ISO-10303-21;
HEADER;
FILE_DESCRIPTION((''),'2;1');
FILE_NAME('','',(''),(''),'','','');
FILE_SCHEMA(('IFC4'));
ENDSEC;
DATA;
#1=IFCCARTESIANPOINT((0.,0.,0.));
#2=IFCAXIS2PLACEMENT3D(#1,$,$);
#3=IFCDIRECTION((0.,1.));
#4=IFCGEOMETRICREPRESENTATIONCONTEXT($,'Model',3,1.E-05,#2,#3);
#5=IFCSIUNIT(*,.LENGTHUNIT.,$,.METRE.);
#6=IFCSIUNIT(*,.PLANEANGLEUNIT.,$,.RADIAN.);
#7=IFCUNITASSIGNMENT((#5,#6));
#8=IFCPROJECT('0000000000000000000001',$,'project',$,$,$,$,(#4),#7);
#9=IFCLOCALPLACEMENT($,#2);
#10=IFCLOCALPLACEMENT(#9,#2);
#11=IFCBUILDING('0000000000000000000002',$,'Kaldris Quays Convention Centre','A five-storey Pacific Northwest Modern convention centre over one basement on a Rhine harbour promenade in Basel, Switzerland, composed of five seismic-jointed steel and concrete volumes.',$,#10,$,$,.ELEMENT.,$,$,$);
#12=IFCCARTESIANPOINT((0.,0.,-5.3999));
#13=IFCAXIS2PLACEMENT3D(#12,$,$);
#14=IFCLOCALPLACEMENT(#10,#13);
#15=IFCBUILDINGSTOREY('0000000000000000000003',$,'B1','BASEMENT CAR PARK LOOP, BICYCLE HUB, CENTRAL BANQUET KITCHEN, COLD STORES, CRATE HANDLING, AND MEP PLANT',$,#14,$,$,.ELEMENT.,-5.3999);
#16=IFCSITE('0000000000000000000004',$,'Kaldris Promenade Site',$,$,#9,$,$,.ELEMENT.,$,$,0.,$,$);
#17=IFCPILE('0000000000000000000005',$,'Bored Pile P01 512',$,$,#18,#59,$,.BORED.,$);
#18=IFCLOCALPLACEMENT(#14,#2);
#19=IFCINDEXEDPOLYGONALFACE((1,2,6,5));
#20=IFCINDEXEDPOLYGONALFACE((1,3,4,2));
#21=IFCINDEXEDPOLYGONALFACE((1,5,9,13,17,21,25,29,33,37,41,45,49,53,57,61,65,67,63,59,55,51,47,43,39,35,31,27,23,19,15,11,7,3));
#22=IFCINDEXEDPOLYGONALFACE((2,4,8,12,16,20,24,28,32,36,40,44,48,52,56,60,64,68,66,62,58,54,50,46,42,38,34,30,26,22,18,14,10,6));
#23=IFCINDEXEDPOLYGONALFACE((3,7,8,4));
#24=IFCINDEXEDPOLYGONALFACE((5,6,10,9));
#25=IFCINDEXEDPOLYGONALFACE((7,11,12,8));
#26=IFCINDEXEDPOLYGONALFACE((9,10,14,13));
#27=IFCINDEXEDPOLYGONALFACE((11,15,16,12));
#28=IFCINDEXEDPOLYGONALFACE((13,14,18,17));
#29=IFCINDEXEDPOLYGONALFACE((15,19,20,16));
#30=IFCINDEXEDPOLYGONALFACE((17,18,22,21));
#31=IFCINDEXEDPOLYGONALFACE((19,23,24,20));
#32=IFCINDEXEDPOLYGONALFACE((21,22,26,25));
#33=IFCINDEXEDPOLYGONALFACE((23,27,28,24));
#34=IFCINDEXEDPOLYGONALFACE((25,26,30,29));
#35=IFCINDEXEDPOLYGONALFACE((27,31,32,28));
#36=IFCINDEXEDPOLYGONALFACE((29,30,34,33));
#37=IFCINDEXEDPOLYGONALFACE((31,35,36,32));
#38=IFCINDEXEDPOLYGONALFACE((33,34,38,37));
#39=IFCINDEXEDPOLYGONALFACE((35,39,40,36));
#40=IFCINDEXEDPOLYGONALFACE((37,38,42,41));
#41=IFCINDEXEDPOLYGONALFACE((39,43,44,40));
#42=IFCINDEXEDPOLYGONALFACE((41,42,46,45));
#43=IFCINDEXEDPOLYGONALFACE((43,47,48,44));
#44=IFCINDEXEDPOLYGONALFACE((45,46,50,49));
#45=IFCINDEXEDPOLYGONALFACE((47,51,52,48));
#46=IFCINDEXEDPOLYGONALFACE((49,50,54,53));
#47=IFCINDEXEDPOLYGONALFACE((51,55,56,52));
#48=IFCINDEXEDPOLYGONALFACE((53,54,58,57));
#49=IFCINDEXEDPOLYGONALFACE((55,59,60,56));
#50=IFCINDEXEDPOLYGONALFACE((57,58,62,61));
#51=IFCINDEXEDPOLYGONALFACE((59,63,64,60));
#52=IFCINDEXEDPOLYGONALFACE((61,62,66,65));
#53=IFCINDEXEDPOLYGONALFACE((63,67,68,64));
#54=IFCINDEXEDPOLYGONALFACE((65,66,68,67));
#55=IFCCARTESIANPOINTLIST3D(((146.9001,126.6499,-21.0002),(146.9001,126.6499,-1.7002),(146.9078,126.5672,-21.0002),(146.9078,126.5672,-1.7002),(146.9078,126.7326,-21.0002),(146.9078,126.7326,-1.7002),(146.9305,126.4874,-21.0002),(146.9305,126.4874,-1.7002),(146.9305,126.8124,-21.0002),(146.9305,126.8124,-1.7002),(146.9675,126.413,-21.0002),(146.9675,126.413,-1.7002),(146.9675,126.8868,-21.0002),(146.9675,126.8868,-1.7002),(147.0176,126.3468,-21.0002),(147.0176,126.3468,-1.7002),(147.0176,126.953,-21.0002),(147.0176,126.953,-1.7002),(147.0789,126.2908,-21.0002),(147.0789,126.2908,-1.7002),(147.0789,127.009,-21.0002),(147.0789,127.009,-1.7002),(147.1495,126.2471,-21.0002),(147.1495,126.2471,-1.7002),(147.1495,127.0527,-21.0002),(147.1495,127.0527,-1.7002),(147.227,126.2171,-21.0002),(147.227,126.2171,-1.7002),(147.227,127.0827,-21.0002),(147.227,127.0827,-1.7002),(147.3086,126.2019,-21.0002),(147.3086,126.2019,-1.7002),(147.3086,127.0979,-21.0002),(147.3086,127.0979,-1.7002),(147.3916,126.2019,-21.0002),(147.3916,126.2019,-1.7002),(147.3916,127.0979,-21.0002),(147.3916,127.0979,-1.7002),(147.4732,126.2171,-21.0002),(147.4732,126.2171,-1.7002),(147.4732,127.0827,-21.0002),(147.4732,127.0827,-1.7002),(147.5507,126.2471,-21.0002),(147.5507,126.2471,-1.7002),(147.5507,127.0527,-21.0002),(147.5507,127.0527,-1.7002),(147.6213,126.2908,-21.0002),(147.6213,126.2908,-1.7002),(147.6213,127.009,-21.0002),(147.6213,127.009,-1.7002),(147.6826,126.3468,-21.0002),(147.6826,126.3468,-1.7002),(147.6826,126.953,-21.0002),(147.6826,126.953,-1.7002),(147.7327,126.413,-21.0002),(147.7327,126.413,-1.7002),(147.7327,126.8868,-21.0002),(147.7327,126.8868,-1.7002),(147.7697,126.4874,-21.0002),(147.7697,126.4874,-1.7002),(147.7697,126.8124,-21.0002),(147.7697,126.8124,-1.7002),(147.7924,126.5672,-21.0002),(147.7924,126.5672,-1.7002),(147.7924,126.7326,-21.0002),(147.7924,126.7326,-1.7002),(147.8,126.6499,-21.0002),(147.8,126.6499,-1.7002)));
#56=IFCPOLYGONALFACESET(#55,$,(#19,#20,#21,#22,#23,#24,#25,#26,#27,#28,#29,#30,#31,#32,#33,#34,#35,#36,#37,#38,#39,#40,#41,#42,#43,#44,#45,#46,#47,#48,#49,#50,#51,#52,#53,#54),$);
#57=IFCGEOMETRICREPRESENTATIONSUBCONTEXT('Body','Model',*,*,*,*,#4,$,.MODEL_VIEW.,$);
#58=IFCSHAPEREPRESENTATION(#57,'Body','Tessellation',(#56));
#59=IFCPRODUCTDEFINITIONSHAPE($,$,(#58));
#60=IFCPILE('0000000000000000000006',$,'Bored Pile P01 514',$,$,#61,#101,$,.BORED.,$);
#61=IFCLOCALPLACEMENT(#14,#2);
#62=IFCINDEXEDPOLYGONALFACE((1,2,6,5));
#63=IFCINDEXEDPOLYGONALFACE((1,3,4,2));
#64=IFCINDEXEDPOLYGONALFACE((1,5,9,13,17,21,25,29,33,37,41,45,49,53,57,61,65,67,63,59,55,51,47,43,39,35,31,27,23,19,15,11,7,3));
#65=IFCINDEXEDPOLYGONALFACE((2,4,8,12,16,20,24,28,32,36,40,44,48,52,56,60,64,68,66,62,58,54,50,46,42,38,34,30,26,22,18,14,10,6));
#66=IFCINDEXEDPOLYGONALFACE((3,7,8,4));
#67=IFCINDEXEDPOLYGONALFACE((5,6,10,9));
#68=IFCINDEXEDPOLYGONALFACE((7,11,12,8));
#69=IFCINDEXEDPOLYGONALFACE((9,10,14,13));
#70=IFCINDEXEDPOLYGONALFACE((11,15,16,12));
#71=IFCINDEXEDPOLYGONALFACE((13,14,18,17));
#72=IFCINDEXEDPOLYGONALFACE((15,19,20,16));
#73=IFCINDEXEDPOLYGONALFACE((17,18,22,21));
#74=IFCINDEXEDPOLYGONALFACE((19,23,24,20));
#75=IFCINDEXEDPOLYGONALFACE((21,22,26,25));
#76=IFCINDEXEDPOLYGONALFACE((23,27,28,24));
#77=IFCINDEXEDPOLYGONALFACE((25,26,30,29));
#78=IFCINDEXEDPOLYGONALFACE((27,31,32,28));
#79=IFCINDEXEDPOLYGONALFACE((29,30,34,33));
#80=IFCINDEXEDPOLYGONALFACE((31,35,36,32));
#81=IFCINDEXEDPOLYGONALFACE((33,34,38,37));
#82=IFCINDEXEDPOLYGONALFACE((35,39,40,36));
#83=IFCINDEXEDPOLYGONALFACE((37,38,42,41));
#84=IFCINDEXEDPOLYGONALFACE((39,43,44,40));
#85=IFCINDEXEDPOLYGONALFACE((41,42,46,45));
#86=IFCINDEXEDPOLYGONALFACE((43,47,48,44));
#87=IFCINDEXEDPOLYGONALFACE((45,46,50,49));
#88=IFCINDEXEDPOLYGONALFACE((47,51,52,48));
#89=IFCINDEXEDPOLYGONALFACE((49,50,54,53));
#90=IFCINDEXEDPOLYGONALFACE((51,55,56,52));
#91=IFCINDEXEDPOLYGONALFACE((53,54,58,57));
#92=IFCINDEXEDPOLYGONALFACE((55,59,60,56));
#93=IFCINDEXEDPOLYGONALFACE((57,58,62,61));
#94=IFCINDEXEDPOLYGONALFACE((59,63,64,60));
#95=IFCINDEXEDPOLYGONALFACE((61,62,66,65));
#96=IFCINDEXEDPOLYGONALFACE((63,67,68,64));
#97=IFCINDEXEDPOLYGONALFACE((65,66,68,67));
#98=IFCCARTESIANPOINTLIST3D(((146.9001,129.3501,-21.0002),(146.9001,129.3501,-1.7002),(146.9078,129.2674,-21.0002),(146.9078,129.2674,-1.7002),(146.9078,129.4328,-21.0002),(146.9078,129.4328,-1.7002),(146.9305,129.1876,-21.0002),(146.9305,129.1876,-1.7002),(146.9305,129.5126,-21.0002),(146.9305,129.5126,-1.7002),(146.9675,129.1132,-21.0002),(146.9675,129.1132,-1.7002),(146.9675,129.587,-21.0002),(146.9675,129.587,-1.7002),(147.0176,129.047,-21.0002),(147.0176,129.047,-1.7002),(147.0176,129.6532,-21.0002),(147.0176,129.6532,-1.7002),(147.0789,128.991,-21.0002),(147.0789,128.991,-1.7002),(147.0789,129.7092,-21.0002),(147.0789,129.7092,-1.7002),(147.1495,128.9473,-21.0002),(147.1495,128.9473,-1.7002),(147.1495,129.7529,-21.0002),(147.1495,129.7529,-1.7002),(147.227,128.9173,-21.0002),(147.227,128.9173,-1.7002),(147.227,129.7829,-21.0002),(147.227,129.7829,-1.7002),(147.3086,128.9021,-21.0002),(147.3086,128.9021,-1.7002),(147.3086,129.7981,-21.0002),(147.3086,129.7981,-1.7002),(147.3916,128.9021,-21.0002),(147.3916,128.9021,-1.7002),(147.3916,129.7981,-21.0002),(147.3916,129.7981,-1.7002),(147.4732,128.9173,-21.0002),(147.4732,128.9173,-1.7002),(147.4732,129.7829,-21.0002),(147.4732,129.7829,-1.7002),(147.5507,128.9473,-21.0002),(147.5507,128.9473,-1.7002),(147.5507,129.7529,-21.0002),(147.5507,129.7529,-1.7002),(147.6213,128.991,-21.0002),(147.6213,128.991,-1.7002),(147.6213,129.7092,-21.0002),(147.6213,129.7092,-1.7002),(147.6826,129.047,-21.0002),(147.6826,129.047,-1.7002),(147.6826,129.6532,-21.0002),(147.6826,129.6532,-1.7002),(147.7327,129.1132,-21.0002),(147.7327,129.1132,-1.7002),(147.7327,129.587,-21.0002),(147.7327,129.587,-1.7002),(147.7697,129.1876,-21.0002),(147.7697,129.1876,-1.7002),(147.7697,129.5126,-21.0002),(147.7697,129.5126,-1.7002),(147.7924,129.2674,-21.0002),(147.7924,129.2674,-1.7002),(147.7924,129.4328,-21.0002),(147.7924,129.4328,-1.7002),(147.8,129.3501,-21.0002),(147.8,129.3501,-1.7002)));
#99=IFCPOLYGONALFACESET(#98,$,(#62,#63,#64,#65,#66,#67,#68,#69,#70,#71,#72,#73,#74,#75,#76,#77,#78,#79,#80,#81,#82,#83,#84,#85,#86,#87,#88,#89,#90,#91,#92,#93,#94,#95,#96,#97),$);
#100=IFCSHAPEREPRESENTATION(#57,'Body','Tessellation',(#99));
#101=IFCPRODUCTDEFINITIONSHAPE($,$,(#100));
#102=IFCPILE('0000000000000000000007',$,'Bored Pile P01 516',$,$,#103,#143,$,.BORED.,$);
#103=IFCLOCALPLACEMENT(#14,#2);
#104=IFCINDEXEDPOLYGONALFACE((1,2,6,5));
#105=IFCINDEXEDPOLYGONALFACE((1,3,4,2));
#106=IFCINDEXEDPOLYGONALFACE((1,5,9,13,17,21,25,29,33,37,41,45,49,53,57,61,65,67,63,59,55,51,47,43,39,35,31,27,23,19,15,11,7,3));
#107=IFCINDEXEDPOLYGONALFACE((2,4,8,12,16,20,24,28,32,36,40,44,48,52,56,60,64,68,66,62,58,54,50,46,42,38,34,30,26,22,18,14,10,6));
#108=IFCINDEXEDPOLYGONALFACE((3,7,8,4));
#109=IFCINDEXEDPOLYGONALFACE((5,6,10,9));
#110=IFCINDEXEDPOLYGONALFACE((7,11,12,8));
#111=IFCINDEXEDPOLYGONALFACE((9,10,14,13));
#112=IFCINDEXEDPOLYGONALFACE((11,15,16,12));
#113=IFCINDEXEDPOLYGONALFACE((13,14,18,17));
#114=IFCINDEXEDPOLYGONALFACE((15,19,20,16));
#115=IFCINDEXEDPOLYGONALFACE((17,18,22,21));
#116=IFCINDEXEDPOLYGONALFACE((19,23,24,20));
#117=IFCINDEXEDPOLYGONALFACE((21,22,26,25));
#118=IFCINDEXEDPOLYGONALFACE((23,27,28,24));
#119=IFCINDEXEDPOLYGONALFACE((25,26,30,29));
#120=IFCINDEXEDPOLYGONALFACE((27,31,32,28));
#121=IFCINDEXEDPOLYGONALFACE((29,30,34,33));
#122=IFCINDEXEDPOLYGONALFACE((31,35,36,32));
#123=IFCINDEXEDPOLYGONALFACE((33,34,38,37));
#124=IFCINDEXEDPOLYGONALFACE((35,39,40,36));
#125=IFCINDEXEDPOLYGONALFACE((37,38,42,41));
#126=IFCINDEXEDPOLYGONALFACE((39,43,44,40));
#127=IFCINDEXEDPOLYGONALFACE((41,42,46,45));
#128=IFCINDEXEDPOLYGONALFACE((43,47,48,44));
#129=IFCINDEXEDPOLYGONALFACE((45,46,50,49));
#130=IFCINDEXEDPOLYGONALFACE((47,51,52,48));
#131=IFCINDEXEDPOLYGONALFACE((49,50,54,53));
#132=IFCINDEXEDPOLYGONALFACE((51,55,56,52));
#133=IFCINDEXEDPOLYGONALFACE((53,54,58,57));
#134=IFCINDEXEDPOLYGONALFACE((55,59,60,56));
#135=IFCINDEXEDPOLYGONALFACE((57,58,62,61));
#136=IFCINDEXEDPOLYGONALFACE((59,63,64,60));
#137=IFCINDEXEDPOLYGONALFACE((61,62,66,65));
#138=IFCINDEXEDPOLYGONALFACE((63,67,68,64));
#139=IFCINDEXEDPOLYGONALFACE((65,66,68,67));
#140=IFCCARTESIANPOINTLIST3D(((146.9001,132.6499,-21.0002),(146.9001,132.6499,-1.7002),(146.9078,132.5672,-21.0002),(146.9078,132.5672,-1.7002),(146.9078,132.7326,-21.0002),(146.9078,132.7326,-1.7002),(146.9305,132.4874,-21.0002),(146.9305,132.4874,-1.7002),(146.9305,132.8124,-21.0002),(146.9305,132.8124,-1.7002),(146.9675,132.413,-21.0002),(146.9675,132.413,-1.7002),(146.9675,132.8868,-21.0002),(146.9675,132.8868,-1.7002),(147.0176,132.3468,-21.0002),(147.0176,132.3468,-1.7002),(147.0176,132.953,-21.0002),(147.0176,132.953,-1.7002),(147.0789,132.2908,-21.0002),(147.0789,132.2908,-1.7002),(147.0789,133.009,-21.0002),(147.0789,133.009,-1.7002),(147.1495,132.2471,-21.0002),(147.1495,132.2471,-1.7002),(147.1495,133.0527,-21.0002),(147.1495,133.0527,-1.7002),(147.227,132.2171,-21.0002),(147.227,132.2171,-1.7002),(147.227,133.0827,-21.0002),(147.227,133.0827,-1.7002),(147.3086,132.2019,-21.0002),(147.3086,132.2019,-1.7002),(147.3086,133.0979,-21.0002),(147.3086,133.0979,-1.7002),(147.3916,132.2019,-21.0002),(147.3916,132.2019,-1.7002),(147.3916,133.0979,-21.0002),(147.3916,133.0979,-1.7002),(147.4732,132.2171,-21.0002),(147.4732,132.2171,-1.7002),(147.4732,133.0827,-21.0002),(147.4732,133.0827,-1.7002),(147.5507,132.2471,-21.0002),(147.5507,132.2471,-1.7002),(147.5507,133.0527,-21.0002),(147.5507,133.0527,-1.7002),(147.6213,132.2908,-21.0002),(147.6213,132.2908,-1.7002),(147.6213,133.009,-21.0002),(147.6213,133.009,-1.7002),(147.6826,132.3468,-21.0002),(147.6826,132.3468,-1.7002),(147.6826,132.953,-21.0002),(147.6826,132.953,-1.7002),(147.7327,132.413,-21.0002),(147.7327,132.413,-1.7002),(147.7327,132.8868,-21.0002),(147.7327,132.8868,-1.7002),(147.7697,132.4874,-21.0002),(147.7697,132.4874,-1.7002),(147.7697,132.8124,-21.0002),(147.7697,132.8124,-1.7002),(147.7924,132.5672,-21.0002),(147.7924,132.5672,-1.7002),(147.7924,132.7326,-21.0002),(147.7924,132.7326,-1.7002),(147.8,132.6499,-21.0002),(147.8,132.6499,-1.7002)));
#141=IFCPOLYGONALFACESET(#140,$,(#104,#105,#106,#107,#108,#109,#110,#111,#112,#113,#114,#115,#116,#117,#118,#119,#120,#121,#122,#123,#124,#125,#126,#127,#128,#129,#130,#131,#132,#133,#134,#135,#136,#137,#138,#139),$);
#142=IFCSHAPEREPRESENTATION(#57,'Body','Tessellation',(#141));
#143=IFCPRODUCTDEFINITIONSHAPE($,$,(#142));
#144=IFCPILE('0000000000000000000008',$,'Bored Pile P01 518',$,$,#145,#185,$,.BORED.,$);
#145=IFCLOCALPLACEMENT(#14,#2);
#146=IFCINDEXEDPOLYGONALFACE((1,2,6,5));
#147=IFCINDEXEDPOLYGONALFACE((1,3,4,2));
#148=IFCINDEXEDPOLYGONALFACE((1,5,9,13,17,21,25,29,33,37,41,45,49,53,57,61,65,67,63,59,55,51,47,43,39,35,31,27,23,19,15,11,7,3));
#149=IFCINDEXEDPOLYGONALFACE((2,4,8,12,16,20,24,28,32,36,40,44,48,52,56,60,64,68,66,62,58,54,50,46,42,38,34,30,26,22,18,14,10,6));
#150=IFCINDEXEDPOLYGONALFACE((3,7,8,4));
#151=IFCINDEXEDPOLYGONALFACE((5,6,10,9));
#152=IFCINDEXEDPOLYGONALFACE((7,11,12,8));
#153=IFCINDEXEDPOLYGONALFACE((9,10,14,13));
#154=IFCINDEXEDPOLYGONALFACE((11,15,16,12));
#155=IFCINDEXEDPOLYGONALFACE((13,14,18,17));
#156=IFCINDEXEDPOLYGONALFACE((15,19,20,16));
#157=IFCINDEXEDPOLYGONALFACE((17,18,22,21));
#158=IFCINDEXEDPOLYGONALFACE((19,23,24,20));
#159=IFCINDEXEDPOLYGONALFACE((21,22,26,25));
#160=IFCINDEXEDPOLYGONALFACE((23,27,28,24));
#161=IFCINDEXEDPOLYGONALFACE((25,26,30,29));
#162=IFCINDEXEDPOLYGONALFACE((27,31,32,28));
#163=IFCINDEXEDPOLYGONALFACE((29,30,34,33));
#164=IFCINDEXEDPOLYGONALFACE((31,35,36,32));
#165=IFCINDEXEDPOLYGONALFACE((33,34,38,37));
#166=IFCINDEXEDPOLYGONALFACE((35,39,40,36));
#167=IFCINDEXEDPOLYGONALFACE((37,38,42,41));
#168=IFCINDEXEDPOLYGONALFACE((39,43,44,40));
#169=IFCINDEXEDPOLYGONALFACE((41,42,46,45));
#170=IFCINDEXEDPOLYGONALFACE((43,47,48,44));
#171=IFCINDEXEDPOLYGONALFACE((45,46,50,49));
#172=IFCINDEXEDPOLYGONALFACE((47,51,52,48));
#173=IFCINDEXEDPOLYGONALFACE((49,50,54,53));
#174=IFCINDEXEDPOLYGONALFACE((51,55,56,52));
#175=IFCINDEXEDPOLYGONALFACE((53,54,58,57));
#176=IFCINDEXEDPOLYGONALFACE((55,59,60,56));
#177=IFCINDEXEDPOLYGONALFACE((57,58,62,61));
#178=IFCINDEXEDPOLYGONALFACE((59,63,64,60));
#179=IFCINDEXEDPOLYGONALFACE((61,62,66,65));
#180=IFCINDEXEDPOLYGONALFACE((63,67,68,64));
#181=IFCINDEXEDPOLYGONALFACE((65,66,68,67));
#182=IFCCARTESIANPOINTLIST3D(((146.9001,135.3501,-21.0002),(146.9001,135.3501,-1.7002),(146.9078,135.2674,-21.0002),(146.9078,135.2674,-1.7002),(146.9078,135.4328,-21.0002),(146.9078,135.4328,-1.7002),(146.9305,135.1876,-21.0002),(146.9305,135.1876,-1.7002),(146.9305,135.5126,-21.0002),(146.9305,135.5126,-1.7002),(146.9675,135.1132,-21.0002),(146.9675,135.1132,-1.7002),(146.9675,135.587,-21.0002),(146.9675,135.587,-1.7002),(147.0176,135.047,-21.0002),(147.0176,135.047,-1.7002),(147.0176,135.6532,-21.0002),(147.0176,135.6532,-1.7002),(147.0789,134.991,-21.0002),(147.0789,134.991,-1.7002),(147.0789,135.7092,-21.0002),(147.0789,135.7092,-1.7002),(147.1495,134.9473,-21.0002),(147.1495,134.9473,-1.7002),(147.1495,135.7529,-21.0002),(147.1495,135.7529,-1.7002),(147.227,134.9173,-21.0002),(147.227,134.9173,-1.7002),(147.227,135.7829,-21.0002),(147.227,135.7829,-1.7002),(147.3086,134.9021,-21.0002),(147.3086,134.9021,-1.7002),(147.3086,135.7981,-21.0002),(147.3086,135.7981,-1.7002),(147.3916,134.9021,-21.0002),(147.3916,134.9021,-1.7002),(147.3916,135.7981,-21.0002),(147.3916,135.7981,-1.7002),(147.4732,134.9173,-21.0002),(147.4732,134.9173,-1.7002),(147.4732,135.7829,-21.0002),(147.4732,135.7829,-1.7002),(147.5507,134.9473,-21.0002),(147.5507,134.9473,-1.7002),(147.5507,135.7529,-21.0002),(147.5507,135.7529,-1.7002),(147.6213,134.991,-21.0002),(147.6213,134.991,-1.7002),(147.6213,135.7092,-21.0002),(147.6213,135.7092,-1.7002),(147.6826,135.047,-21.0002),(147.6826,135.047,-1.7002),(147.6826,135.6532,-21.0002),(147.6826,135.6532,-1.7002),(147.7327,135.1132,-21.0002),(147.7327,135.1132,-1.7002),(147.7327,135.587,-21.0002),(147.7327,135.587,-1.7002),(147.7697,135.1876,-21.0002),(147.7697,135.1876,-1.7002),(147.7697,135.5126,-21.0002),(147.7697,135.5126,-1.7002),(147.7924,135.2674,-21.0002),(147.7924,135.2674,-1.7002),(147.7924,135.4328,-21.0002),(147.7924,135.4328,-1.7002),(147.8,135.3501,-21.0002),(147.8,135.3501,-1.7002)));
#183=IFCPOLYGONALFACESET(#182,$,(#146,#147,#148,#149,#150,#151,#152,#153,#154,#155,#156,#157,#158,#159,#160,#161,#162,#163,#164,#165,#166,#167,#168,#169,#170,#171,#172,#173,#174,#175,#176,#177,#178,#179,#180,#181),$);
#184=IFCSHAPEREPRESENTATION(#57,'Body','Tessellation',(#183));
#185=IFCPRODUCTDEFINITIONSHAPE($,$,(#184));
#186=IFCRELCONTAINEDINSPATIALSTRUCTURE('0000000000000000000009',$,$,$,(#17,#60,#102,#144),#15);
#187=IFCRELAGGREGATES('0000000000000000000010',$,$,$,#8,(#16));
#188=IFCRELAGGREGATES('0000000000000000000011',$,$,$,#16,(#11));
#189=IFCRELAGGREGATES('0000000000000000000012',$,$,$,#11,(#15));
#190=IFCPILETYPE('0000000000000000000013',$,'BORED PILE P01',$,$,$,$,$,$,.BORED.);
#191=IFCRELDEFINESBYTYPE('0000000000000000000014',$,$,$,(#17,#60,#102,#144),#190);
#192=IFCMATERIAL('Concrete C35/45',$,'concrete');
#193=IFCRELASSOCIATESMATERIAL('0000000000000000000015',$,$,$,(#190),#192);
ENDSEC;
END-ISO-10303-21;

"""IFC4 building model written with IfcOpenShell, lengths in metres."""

from ifc_helpers import new_model, si_unit, direction, frame, origin, origin_2d, place, context, subcontext, project, spatial, circle, extrude, material, material_profile, profile_set, type_object, element, save


model = new_model("IFC4")

# Units and contexts
model_context = context("Model", 3, precision=1e-05, world=origin(), true_north=direction((0.0, 1.0)))
body_context = subcontext(model_context, "Body", "Model", "MODEL_VIEW")
ifc_project = project(units=[si_unit("LENGTHUNIT", "METRE"), si_unit("PLANEANGLEUNIT", "RADIAN")], contexts=[model_context])

# Site, building, storey
site_placement = place(None, origin())
site = spatial("IfcSite", under=ifc_project, at=site_placement, Name="Kaldris Promenade Site", CompositionType="ELEMENT", RefElevation=0.0)
building_placement = place(site_placement, origin())
building = spatial("IfcBuilding", under=site, at=building_placement, Name="Kaldris Quays Convention Centre", Description="A five-storey Pacific Northwest Modern convention centre over one basement on a Rhine harbour promenade in Basel, Switzerland, composed of five seismic-jointed steel and concrete volumes.", CompositionType="ELEMENT")
storey_placement = place(building_placement, frame((0.0, 0.0, -5.3999)))
storey = spatial("IfcBuildingStorey", under=building, at=storey_placement, Name="B1", Description="BASEMENT CAR PARK LOOP, BICYCLE HUB, CENTRAL BANQUET KITCHEN, COLD STORES, CRATE HANDLING, AND MEP PLANT", CompositionType="ELEMENT", Elevation=-5.3999)

# Piles
ifc_material_1 = material(Name="Concrete C35/45", Category="concrete")
ifc_material_profile_1 = material_profile(ifc_material_1, circle(Radius=0.45, at=origin_2d()), Name="BORED PILE D900")
ifc_profile_set_1 = profile_set([ifc_material_profile_1], Name="Concrete C35/45")
pile_type = type_object("IfcPileType", Name="BORED PILE P01", PredefinedType="BORED", material=ifc_profile_set_1)
for number, where, z_axis, x_axis, name in (
    (1, (147.3501, 126.6499, -1.7002), (0.0, 0.0, -1.0), (1.0, 0.0, 0.0), "Bored Pile P01 512"),
    (2, (147.3501, 129.3501, -1.7002), (0.0, 0.0, -1.0), (1.0, 0.0, 0.0), "Bored Pile P01 514"),
    (3, (147.3501, 132.6499, -1.7002), (0.0, 0.0, -1.0), (1.0, 0.0, 0.0), "Bored Pile P01 516"),
    (4, (147.3501, 135.3501, -1.7002), (0.0, 0.0, -1.0), (1.0, 0.0, 0.0), "Bored Pile P01 518"),
):
    element("IfcPile", number, at=place(storey_placement, frame(where, z_axis=z_axis, x_axis=x_axis)), inside=storey, type_object=pile_type, Name=name, PredefinedType="BORED", context=body_context, shape_type="SweptSolid", body=[
        extrude(circle(Radius=0.45, at=origin_2d()), origin(), (0.0, 0.0, 1.0), 19.3),
    ])

save(model, "model.ifc")
